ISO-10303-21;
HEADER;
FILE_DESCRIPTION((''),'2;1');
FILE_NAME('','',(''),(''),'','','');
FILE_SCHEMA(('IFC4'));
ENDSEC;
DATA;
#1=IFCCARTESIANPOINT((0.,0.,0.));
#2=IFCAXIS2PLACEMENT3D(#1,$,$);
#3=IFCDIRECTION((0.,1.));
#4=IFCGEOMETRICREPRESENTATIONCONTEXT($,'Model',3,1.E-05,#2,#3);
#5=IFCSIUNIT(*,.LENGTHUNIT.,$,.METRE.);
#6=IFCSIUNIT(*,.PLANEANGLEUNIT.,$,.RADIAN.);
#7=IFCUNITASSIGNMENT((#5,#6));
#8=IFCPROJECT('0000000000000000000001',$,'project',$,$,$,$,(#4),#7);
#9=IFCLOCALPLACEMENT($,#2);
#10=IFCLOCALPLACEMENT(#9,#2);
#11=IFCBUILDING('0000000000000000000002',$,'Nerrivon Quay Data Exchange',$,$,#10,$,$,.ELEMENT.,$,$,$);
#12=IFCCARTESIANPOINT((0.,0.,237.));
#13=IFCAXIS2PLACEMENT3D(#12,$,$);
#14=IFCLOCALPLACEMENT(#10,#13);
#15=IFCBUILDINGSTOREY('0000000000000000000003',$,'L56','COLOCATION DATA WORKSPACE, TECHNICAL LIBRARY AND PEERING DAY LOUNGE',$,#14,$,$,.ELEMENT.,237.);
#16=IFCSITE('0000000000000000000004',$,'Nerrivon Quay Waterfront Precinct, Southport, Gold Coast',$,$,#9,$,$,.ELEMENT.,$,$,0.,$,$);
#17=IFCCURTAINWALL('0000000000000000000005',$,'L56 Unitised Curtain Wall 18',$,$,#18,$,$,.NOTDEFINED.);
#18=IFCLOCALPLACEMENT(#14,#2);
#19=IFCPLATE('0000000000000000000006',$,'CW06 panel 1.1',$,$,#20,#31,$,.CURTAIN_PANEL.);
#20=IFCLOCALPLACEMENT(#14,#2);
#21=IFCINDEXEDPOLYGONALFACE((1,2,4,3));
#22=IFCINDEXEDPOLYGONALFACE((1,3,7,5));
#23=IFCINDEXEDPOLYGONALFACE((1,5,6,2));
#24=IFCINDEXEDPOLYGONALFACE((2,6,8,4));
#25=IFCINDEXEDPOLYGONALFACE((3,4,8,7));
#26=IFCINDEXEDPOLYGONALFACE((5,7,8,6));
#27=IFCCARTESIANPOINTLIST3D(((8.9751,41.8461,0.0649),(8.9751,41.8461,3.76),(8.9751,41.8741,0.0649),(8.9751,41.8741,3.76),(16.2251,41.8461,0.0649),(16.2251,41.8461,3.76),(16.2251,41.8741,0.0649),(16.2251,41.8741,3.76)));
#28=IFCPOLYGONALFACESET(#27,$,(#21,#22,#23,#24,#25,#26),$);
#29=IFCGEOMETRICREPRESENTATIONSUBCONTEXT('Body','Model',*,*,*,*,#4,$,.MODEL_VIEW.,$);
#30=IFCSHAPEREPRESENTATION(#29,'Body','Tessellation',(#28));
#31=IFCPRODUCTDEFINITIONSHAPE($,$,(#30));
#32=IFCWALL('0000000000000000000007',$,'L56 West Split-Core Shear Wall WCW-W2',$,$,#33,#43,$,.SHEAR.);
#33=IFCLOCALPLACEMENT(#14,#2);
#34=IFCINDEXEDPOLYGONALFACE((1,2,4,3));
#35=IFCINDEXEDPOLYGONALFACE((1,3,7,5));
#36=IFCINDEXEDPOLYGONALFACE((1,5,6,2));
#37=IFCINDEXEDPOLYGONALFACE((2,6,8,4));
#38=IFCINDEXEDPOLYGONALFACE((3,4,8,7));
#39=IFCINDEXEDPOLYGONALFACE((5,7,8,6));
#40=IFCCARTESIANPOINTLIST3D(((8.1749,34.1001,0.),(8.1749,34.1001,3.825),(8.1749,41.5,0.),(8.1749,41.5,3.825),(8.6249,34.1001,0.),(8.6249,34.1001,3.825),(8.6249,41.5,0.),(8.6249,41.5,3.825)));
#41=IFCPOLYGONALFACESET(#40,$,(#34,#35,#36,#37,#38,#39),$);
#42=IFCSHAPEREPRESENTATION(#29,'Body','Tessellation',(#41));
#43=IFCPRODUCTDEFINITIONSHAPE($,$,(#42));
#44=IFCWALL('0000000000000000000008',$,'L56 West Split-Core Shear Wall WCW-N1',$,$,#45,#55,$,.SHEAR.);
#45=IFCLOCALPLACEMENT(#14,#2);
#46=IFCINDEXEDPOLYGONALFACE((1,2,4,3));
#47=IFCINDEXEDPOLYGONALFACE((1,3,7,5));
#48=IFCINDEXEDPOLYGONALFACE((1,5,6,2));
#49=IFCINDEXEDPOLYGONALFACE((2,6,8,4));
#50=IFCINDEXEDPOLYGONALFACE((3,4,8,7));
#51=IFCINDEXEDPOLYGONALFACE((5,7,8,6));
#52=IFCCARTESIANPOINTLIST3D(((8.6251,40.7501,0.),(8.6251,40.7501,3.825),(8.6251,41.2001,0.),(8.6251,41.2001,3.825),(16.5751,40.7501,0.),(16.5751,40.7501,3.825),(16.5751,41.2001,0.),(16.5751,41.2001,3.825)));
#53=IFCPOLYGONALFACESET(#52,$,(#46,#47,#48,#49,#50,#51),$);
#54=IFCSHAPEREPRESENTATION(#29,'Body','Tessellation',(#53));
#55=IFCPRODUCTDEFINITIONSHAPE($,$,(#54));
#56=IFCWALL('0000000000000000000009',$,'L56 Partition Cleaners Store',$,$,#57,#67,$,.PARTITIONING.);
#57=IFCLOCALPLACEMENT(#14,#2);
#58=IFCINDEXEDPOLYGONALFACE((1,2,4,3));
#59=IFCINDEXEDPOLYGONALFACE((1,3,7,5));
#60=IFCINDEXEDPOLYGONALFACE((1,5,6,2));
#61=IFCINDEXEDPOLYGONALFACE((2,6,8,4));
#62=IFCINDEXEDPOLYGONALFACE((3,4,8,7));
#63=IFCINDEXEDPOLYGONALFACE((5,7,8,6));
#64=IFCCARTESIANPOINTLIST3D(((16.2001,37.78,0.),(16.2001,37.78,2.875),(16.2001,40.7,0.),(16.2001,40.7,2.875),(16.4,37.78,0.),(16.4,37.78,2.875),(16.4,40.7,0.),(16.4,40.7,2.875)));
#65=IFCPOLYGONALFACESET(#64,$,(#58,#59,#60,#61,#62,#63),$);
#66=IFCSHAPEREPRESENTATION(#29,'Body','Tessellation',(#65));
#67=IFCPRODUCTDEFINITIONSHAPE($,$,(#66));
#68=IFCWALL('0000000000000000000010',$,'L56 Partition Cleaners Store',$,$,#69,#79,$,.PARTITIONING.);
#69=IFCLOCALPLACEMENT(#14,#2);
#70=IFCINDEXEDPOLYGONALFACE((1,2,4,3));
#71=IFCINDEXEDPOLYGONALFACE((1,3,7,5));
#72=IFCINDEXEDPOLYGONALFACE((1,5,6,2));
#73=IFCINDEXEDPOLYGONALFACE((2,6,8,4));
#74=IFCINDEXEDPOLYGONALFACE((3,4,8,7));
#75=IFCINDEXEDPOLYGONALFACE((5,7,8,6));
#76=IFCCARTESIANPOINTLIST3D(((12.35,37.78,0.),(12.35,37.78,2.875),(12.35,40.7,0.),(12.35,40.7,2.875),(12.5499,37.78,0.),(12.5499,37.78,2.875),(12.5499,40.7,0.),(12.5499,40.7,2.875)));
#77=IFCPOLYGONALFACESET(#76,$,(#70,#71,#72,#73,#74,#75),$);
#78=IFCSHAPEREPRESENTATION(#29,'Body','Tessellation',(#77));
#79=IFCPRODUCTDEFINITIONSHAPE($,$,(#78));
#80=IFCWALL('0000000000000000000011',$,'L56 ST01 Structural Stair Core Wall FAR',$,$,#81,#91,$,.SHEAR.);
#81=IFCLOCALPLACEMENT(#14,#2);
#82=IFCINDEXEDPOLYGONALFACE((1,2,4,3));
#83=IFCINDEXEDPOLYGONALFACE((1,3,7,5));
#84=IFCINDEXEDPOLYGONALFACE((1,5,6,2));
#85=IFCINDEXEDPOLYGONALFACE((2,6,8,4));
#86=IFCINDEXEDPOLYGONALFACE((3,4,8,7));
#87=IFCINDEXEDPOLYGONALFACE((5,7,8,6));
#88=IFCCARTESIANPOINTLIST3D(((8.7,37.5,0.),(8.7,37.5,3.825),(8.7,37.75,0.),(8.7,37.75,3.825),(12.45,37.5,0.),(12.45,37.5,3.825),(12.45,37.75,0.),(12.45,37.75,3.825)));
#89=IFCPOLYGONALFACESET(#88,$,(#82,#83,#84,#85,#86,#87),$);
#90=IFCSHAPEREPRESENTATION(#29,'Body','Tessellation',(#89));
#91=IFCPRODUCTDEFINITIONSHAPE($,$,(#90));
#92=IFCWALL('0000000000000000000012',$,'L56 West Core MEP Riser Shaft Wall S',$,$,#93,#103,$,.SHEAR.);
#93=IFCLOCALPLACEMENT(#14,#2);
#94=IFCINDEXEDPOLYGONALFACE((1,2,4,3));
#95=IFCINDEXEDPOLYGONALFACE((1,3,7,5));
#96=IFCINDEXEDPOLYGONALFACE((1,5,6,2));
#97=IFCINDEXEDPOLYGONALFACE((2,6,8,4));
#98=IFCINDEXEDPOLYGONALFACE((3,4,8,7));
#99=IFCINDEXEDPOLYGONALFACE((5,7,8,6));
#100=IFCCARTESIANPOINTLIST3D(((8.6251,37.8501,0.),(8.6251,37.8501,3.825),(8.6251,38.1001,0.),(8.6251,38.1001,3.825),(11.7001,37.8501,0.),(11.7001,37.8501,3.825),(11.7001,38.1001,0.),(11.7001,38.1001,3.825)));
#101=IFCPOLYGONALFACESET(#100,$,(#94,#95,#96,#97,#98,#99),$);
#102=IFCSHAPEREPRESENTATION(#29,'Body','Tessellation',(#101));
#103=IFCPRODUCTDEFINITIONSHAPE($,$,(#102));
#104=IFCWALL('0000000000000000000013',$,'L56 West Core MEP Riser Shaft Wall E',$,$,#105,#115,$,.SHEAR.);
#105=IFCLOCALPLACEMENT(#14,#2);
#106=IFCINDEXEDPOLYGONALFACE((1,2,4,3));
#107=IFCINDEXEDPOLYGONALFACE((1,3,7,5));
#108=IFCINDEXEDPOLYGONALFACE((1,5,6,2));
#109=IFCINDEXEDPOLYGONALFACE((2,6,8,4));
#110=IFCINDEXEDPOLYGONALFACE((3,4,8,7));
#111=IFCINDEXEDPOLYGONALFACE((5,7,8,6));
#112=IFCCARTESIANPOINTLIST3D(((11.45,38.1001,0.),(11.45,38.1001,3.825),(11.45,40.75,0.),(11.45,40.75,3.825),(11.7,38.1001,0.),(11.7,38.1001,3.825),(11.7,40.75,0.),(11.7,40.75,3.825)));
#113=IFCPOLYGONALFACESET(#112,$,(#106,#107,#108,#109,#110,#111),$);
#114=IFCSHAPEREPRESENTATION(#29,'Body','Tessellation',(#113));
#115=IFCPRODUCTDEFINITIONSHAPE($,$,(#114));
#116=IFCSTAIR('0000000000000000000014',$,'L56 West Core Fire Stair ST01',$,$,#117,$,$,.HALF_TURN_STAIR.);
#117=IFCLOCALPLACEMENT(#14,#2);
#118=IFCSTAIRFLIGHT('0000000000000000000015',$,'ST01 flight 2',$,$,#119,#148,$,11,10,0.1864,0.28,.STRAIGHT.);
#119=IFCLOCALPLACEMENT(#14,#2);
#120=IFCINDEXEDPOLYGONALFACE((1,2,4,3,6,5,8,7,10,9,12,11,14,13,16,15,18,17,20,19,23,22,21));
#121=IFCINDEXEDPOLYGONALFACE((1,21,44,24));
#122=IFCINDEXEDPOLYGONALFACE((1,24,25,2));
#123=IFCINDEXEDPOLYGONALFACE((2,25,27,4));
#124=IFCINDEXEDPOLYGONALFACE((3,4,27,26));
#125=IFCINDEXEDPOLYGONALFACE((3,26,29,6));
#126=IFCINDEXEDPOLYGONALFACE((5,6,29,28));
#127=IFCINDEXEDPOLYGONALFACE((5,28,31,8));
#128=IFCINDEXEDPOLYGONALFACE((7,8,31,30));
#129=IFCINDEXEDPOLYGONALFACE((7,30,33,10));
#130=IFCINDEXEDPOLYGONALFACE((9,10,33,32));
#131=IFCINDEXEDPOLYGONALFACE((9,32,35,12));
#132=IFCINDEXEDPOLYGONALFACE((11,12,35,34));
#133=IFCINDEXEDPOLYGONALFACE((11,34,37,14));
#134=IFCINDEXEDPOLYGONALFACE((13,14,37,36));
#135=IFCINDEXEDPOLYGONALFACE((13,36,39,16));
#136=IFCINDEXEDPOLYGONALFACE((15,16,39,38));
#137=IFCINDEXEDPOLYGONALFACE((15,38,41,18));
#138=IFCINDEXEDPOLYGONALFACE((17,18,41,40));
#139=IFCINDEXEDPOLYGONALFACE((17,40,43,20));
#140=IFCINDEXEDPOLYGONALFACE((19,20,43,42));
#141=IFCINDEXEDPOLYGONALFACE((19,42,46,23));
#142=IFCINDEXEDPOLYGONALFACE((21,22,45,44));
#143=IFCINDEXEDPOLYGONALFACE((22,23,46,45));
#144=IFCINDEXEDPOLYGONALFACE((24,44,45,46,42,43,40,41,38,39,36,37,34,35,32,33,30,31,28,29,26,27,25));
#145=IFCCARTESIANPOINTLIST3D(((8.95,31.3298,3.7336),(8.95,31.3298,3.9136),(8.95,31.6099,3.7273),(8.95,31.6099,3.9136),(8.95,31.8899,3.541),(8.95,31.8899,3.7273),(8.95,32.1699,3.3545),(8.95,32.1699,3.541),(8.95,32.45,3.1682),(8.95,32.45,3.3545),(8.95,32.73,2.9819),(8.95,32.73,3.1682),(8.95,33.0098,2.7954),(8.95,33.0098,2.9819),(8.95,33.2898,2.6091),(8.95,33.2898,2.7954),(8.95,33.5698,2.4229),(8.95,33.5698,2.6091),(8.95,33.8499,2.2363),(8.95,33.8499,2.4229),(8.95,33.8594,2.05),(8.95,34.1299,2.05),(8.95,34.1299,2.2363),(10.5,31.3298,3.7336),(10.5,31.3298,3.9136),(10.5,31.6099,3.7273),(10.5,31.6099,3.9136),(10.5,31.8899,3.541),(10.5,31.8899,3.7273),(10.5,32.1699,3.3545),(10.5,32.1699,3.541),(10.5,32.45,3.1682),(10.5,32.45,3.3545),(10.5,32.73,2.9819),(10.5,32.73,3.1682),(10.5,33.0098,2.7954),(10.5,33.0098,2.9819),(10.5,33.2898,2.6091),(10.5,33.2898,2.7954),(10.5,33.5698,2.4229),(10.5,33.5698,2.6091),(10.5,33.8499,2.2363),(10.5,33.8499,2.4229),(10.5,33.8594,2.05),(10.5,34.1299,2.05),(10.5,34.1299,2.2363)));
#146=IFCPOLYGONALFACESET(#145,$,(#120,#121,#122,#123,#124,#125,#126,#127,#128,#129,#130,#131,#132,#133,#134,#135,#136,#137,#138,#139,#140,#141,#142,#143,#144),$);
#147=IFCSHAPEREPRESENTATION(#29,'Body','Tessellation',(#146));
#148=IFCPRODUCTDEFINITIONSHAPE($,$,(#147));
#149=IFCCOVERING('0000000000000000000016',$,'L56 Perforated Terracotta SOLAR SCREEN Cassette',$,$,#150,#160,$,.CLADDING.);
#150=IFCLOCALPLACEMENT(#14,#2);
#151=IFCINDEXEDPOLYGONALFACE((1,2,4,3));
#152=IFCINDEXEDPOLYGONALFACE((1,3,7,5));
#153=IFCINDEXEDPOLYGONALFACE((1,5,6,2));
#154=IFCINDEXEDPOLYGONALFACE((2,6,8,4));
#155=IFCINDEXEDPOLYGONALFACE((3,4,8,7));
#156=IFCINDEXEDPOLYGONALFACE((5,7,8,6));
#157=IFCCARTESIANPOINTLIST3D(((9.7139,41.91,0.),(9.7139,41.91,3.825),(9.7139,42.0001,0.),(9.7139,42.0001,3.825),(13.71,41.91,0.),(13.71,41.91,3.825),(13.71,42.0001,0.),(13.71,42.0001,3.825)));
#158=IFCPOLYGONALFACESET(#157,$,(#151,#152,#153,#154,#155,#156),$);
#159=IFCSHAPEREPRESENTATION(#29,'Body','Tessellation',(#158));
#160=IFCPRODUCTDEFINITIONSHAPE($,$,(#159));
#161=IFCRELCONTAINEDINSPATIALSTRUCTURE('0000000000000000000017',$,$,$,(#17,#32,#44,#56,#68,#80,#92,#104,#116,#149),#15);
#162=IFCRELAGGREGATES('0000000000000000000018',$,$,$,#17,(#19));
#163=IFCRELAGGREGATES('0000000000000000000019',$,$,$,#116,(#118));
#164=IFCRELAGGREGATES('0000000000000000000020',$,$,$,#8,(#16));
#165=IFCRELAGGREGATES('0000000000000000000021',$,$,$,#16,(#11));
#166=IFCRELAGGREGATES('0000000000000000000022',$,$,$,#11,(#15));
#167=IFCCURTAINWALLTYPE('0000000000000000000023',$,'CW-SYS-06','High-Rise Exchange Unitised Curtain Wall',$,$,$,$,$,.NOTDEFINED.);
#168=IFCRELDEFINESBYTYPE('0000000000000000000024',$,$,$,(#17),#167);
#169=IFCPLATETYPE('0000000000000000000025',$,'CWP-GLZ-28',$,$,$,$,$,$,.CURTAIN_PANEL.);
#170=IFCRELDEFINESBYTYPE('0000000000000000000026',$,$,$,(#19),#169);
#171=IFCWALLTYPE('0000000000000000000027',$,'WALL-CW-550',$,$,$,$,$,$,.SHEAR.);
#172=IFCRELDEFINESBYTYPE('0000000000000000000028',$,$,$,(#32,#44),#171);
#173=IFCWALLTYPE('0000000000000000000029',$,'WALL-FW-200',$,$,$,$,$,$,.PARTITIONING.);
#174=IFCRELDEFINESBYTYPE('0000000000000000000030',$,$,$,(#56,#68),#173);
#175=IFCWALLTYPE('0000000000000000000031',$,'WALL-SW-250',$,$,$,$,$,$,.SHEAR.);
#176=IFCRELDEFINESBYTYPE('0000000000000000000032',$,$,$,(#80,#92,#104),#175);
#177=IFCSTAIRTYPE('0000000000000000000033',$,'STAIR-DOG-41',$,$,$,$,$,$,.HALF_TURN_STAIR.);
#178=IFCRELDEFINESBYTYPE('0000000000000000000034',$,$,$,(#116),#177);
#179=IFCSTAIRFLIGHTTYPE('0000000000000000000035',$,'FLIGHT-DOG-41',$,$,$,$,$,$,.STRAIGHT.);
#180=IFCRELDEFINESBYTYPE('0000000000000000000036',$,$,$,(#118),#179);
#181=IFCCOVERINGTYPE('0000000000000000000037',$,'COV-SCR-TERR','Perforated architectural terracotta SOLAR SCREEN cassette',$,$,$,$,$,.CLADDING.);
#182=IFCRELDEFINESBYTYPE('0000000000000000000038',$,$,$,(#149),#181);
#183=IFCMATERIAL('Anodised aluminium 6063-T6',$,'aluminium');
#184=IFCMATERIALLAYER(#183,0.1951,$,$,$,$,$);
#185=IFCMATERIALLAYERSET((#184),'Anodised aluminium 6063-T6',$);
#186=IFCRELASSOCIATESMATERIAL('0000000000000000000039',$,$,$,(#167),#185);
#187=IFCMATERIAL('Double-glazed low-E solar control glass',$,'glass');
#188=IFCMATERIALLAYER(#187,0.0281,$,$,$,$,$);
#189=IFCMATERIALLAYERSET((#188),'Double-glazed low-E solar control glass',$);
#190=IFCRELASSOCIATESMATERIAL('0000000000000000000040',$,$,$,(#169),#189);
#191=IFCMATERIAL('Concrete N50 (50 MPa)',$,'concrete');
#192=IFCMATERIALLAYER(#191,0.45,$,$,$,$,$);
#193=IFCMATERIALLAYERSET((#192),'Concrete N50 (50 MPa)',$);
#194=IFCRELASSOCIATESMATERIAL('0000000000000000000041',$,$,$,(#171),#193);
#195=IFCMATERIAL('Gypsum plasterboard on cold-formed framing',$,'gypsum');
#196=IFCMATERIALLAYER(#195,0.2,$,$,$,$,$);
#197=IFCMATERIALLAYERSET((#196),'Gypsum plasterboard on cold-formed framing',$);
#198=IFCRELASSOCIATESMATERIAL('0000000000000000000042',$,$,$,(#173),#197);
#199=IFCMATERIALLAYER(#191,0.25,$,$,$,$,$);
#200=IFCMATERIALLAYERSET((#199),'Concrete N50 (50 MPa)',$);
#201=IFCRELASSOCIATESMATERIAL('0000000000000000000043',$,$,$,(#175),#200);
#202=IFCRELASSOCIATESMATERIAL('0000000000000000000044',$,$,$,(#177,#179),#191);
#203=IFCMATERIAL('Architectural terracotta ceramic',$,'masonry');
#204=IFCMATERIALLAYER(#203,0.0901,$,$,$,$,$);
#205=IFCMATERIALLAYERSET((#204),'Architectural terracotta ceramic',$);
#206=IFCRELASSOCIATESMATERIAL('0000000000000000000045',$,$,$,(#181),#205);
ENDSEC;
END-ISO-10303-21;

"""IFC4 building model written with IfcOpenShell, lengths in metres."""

from ifc_helpers import new_model, si_unit, direction, frame, frame_2d, origin, origin_2d, place, context, subcontext, project, spatial, polyline, rectangle, outline, extrude, material, layer, layer_set, type_object, element, aggregate, save


model = new_model("IFC4")

# Units and contexts
model_context = context("Model", 3, precision=1e-05, world=origin(), true_north=direction((0.0, 1.0)))
body_context = subcontext(model_context, "Body", "Model", "MODEL_VIEW")
ifc_project = project(units=[si_unit("LENGTHUNIT", "METRE"), si_unit("PLANEANGLEUNIT", "RADIAN")], contexts=[model_context])

# Site, building, storey
site_placement = place(None, origin())
site = spatial("IfcSite", under=ifc_project, at=site_placement, Name="Nerrivon Quay Waterfront Precinct, Southport, Gold Coast", CompositionType="ELEMENT", RefElevation=0.0)
building_placement = place(site_placement, origin())
building = spatial("IfcBuilding", under=site, at=building_placement, Name="Nerrivon Quay Data Exchange", CompositionType="ELEMENT")
storey_placement = place(building_placement, frame((0.0, 0.0, 237.0)))
storey = spatial("IfcBuildingStorey", under=building, at=storey_placement, Name="L56", Description="COLOCATION DATA WORKSPACE, TECHNICAL LIBRARY AND PEERING DAY LOUNGE", CompositionType="ELEMENT", Elevation=237.0)

# Shared definitions
ifc_material_1 = material(Name="Concrete N50 (50 MPa)", Category="concrete")

# Curtain wall, plate
ifc_material_2 = material(Name="Anodised aluminium 6063-T6", Category="aluminium")
ifc_layer_1 = layer(ifc_material_2, 0.1951)
ifc_layer_set_1 = layer_set([ifc_layer_1], Name="Anodised aluminium 6063-T6")
curtain_wall_type = type_object("IfcCurtainWallType", Name="CW-SYS-06", Description="High-Rise Exchange Unitised Curtain Wall", PredefinedType="NOTDEFINED", material=ifc_layer_set_1)
curtain_wall_placement = place(storey_placement, origin())
curtain_wall = element("IfcCurtainWall", 1, at=curtain_wall_placement, inside=storey, type_object=curtain_wall_type, Name="L56 Unitised Curtain Wall 18", PredefinedType="NOTDEFINED")
ifc_material_3 = material(Name="Double-glazed low-E solar control glass", Category="glass")
ifc_layer_2 = layer(ifc_material_3, 0.0281)
ifc_layer_set_2 = layer_set([ifc_layer_2], Name="Double-glazed low-E solar control glass")
plate_type = type_object("IfcPlateType", Name="CWP-GLZ-28", PredefinedType="CURTAIN_PANEL", material=ifc_layer_set_2)
plate_placement = place(storey_placement, frame((12.6001, 41.8601, 0.0649), z_axis=(0.0, 0.0, 1.0), x_axis=(1.0, 0.0, 0.0)))
plate = element("IfcPlate", 2, at=plate_placement, type_object=plate_type, Name="CW06 panel 1.1", PredefinedType="CURTAIN_PANEL", context=body_context, shape_type="SweptSolid", body=[
    extrude(rectangle(XDim=7.25, YDim=0.0281, at=origin_2d()), origin(), (0.0, 0.0, 1.0), 3.6951),
])
aggregate(curtain_wall, [plate])

# Walls
ifc_layer_3 = layer(ifc_material_1, 0.45)
ifc_layer_set_3 = layer_set([ifc_layer_3], Name="Concrete N50 (50 MPa)")
wall_type_1 = type_object("IfcWallType", Name="WALL-CW-550", PredefinedType="SHEAR", material=ifc_layer_set_3)
wall_1_placement = place(storey_placement, frame((8.3999, 34.1001, 0.0), z_axis=(0.0, 0.0, 1.0), x_axis=(0.0, 1.0, 0.0)))
element("IfcWall", 3, at=wall_1_placement, inside=storey, type_object=wall_type_1, Name="L56 West Split-Core Shear Wall WCW-W2", PredefinedType="SHEAR", context=body_context, shape_type="SweptSolid", body=[
    extrude(rectangle(XDim=7.3999, YDim=0.45, at=frame_2d((3.7, 0.0))), origin(), (0.0, 0.0, 1.0), 3.825),
])
wall_2_placement = place(storey_placement, frame((8.625, 40.9751, 0.0), z_axis=(0.0, 0.0, 1.0), x_axis=(1.0, 0.0, 0.0)))
element("IfcWall", 4, at=wall_2_placement, inside=storey, type_object=wall_type_1, Name="L56 West Split-Core Shear Wall WCW-N1", PredefinedType="SHEAR", context=body_context, shape_type="SweptSolid", body=[
    extrude(rectangle(XDim=7.95, YDim=0.45, at=frame_2d((3.9751, 0.0))), origin(), (0.0, 0.0, 1.0), 3.825),
])
ifc_material_4 = material(Name="Gypsum plasterboard on cold-formed framing", Category="gypsum")
ifc_layer_4 = layer(ifc_material_4, 0.2)
ifc_layer_set_4 = layer_set([ifc_layer_4], Name="Gypsum plasterboard on cold-formed framing")
wall_type_2 = type_object("IfcWallType", Name="WALL-FW-200", PredefinedType="PARTITIONING", material=ifc_layer_set_4)
for number, where, z_axis, x_axis, name in (
    (5, (16.3, 37.78, 0.0), (0.0, 0.0, 1.0), (0.0, 1.0, 0.0), "L56 Partition Cleaners Store"),
    (6, (12.45, 40.7, 0.0), (0.0, 0.0, 1.0), (0.0, -1.0, 0.0), "L56 Partition Cleaners Store"),
):
    element("IfcWall", number, at=place(storey_placement, frame(where, z_axis=z_axis, x_axis=x_axis)), inside=storey, type_object=wall_type_2, Name=name, PredefinedType="PARTITIONING", context=body_context, shape_type="SweptSolid", body=[
        extrude(rectangle(XDim=2.9199, YDim=0.2, at=frame_2d((1.46, 0.0))), origin(), (0.0, 0.0, 1.0), 2.875),
    ])
ifc_layer_5 = layer(ifc_material_1, 0.25)
ifc_layer_set_5 = layer_set([ifc_layer_5], Name="Concrete N50 (50 MPa)")
wall_type_3 = type_object("IfcWallType", Name="WALL-SW-250", PredefinedType="SHEAR", material=ifc_layer_set_5)
wall_3_placement = place(storey_placement, frame((12.45, 37.625, 0.0), z_axis=(0.0, 0.0, 1.0), x_axis=(-1.0, 0.0, 0.0)))
element("IfcWall", 7, at=wall_3_placement, inside=storey, type_object=wall_type_3, Name="L56 ST01 Structural Stair Core Wall FAR", PredefinedType="SHEAR", context=body_context, shape_type="SweptSolid", body=[
    extrude(rectangle(XDim=3.75, YDim=0.25, at=frame_2d((1.875, 0.0))), origin(), (0.0, 0.0, 1.0), 3.825),
])
wall_4_placement = place(storey_placement, frame((8.625, 37.9751, 0.0), z_axis=(0.0, 0.0, 1.0), x_axis=(1.0, 0.0, 0.0)))
element("IfcWall", 8, at=wall_4_placement, inside=storey, type_object=wall_type_3, Name="L56 West Core MEP Riser Shaft Wall S", PredefinedType="SHEAR", context=body_context, shape_type="SweptSolid", body=[
    extrude(rectangle(XDim=3.075, YDim=0.25, at=frame_2d((1.5376, 0.0))), origin(), (0.0, 0.0, 1.0), 3.825),
])
wall_5_placement = place(storey_placement, frame((11.575, 38.1001, 0.0), z_axis=(0.0, 0.0, 1.0), x_axis=(0.0, 1.0, 0.0)))
element("IfcWall", 9, at=wall_5_placement, inside=storey, type_object=wall_type_3, Name="L56 West Core MEP Riser Shaft Wall E", PredefinedType="SHEAR", context=body_context, shape_type="SweptSolid", body=[
    extrude(rectangle(XDim=2.6499, YDim=0.25, at=frame_2d((1.325, 0.0))), origin(), (0.0, 0.0, 1.0), 3.825),
])

# Stair, stair flight
stair_type = type_object("IfcStairType", Name="STAIR-DOG-41", PredefinedType="HALF_TURN_STAIR", material=ifc_material_1)
stair_placement = place(storey_placement, origin())
stair = element("IfcStair", 10, at=stair_placement, inside=storey, type_object=stair_type, Name="L56 West Core Fire Stair ST01", PredefinedType="HALF_TURN_STAIR")
stair_flight_type = type_object("IfcStairFlightType", Name="FLIGHT-DOG-41", PredefinedType="STRAIGHT", material=ifc_material_1)
stair_flight_placement = place(storey_placement, frame((9.7251, 34.1299, 2.05), z_axis=(0.0, 0.0, 1.0), x_axis=(0.0, -1.0, 0.0)))
stair_flight = element("IfcStairFlight", 11, at=stair_flight_placement, type_object=stair_flight_type, Name="ST01 flight 2", NumberOfRisers=11, NumberOfTreads=10, PredefinedType="STRAIGHT", RiserHeight=0.1864, TreadLength=0.28, context=body_context, shape_type="SweptSolid", body=[
    extrude(outline(polyline([(0.0, 0.0), (0.0, 0.1863), (0.28, 0.1863), (0.28, 0.3728), (0.5601, 0.3728), (0.5601, 0.5591), (0.8401, 0.5591), (0.8401, 0.7454), (1.1201, 0.7454), (1.1201, 0.9319), (1.3999, 0.9319), (1.3999, 1.1182), (1.6799, 1.1182), (1.6799, 1.3044), (1.96, 1.3044), (1.96, 1.491), (2.24, 1.491), (2.24, 1.6772), (2.52, 1.6772), (2.52, 1.8635), (2.8, 1.8635), (2.8, 2.05), (2.8, 1.6836), (0.2705, 0.0), (0.0, 0.0)])), frame((0.0, 0.7749, 0.0), z_axis=(0.0, -1.0, 0.0), x_axis=(1.0, 0.0, 0.0)), (0.0, 0.0, 1.0), 1.55),
])
aggregate(stair, [stair_flight])

# Covering
ifc_material_5 = material(Name="Architectural terracotta ceramic", Category="masonry")
ifc_layer_6 = layer(ifc_material_5, 0.0901)
ifc_layer_set_6 = layer_set([ifc_layer_6], Name="Architectural terracotta ceramic")
covering_type = type_object("IfcCoveringType", Name="COV-SCR-TERR", Description="Perforated architectural terracotta SOLAR SCREEN cassette", PredefinedType="CLADDING", material=ifc_layer_set_6)
covering_placement = place(storey_placement, frame((11.7119, 41.9551, 0.0), z_axis=(0.0, 0.0, 1.0), x_axis=(1.0, 0.0, 0.0)))
element("IfcCovering", 12, at=covering_placement, inside=storey, type_object=covering_type, Name="L56 Perforated Terracotta SOLAR SCREEN Cassette", PredefinedType="CLADDING", context=body_context, shape_type="SweptSolid", body=[
    extrude(rectangle(XDim=3.9961, YDim=0.0901, at=origin_2d()), origin(), (0.0, 0.0, 1.0), 3.825),
])

save(model, "model.ifc")
